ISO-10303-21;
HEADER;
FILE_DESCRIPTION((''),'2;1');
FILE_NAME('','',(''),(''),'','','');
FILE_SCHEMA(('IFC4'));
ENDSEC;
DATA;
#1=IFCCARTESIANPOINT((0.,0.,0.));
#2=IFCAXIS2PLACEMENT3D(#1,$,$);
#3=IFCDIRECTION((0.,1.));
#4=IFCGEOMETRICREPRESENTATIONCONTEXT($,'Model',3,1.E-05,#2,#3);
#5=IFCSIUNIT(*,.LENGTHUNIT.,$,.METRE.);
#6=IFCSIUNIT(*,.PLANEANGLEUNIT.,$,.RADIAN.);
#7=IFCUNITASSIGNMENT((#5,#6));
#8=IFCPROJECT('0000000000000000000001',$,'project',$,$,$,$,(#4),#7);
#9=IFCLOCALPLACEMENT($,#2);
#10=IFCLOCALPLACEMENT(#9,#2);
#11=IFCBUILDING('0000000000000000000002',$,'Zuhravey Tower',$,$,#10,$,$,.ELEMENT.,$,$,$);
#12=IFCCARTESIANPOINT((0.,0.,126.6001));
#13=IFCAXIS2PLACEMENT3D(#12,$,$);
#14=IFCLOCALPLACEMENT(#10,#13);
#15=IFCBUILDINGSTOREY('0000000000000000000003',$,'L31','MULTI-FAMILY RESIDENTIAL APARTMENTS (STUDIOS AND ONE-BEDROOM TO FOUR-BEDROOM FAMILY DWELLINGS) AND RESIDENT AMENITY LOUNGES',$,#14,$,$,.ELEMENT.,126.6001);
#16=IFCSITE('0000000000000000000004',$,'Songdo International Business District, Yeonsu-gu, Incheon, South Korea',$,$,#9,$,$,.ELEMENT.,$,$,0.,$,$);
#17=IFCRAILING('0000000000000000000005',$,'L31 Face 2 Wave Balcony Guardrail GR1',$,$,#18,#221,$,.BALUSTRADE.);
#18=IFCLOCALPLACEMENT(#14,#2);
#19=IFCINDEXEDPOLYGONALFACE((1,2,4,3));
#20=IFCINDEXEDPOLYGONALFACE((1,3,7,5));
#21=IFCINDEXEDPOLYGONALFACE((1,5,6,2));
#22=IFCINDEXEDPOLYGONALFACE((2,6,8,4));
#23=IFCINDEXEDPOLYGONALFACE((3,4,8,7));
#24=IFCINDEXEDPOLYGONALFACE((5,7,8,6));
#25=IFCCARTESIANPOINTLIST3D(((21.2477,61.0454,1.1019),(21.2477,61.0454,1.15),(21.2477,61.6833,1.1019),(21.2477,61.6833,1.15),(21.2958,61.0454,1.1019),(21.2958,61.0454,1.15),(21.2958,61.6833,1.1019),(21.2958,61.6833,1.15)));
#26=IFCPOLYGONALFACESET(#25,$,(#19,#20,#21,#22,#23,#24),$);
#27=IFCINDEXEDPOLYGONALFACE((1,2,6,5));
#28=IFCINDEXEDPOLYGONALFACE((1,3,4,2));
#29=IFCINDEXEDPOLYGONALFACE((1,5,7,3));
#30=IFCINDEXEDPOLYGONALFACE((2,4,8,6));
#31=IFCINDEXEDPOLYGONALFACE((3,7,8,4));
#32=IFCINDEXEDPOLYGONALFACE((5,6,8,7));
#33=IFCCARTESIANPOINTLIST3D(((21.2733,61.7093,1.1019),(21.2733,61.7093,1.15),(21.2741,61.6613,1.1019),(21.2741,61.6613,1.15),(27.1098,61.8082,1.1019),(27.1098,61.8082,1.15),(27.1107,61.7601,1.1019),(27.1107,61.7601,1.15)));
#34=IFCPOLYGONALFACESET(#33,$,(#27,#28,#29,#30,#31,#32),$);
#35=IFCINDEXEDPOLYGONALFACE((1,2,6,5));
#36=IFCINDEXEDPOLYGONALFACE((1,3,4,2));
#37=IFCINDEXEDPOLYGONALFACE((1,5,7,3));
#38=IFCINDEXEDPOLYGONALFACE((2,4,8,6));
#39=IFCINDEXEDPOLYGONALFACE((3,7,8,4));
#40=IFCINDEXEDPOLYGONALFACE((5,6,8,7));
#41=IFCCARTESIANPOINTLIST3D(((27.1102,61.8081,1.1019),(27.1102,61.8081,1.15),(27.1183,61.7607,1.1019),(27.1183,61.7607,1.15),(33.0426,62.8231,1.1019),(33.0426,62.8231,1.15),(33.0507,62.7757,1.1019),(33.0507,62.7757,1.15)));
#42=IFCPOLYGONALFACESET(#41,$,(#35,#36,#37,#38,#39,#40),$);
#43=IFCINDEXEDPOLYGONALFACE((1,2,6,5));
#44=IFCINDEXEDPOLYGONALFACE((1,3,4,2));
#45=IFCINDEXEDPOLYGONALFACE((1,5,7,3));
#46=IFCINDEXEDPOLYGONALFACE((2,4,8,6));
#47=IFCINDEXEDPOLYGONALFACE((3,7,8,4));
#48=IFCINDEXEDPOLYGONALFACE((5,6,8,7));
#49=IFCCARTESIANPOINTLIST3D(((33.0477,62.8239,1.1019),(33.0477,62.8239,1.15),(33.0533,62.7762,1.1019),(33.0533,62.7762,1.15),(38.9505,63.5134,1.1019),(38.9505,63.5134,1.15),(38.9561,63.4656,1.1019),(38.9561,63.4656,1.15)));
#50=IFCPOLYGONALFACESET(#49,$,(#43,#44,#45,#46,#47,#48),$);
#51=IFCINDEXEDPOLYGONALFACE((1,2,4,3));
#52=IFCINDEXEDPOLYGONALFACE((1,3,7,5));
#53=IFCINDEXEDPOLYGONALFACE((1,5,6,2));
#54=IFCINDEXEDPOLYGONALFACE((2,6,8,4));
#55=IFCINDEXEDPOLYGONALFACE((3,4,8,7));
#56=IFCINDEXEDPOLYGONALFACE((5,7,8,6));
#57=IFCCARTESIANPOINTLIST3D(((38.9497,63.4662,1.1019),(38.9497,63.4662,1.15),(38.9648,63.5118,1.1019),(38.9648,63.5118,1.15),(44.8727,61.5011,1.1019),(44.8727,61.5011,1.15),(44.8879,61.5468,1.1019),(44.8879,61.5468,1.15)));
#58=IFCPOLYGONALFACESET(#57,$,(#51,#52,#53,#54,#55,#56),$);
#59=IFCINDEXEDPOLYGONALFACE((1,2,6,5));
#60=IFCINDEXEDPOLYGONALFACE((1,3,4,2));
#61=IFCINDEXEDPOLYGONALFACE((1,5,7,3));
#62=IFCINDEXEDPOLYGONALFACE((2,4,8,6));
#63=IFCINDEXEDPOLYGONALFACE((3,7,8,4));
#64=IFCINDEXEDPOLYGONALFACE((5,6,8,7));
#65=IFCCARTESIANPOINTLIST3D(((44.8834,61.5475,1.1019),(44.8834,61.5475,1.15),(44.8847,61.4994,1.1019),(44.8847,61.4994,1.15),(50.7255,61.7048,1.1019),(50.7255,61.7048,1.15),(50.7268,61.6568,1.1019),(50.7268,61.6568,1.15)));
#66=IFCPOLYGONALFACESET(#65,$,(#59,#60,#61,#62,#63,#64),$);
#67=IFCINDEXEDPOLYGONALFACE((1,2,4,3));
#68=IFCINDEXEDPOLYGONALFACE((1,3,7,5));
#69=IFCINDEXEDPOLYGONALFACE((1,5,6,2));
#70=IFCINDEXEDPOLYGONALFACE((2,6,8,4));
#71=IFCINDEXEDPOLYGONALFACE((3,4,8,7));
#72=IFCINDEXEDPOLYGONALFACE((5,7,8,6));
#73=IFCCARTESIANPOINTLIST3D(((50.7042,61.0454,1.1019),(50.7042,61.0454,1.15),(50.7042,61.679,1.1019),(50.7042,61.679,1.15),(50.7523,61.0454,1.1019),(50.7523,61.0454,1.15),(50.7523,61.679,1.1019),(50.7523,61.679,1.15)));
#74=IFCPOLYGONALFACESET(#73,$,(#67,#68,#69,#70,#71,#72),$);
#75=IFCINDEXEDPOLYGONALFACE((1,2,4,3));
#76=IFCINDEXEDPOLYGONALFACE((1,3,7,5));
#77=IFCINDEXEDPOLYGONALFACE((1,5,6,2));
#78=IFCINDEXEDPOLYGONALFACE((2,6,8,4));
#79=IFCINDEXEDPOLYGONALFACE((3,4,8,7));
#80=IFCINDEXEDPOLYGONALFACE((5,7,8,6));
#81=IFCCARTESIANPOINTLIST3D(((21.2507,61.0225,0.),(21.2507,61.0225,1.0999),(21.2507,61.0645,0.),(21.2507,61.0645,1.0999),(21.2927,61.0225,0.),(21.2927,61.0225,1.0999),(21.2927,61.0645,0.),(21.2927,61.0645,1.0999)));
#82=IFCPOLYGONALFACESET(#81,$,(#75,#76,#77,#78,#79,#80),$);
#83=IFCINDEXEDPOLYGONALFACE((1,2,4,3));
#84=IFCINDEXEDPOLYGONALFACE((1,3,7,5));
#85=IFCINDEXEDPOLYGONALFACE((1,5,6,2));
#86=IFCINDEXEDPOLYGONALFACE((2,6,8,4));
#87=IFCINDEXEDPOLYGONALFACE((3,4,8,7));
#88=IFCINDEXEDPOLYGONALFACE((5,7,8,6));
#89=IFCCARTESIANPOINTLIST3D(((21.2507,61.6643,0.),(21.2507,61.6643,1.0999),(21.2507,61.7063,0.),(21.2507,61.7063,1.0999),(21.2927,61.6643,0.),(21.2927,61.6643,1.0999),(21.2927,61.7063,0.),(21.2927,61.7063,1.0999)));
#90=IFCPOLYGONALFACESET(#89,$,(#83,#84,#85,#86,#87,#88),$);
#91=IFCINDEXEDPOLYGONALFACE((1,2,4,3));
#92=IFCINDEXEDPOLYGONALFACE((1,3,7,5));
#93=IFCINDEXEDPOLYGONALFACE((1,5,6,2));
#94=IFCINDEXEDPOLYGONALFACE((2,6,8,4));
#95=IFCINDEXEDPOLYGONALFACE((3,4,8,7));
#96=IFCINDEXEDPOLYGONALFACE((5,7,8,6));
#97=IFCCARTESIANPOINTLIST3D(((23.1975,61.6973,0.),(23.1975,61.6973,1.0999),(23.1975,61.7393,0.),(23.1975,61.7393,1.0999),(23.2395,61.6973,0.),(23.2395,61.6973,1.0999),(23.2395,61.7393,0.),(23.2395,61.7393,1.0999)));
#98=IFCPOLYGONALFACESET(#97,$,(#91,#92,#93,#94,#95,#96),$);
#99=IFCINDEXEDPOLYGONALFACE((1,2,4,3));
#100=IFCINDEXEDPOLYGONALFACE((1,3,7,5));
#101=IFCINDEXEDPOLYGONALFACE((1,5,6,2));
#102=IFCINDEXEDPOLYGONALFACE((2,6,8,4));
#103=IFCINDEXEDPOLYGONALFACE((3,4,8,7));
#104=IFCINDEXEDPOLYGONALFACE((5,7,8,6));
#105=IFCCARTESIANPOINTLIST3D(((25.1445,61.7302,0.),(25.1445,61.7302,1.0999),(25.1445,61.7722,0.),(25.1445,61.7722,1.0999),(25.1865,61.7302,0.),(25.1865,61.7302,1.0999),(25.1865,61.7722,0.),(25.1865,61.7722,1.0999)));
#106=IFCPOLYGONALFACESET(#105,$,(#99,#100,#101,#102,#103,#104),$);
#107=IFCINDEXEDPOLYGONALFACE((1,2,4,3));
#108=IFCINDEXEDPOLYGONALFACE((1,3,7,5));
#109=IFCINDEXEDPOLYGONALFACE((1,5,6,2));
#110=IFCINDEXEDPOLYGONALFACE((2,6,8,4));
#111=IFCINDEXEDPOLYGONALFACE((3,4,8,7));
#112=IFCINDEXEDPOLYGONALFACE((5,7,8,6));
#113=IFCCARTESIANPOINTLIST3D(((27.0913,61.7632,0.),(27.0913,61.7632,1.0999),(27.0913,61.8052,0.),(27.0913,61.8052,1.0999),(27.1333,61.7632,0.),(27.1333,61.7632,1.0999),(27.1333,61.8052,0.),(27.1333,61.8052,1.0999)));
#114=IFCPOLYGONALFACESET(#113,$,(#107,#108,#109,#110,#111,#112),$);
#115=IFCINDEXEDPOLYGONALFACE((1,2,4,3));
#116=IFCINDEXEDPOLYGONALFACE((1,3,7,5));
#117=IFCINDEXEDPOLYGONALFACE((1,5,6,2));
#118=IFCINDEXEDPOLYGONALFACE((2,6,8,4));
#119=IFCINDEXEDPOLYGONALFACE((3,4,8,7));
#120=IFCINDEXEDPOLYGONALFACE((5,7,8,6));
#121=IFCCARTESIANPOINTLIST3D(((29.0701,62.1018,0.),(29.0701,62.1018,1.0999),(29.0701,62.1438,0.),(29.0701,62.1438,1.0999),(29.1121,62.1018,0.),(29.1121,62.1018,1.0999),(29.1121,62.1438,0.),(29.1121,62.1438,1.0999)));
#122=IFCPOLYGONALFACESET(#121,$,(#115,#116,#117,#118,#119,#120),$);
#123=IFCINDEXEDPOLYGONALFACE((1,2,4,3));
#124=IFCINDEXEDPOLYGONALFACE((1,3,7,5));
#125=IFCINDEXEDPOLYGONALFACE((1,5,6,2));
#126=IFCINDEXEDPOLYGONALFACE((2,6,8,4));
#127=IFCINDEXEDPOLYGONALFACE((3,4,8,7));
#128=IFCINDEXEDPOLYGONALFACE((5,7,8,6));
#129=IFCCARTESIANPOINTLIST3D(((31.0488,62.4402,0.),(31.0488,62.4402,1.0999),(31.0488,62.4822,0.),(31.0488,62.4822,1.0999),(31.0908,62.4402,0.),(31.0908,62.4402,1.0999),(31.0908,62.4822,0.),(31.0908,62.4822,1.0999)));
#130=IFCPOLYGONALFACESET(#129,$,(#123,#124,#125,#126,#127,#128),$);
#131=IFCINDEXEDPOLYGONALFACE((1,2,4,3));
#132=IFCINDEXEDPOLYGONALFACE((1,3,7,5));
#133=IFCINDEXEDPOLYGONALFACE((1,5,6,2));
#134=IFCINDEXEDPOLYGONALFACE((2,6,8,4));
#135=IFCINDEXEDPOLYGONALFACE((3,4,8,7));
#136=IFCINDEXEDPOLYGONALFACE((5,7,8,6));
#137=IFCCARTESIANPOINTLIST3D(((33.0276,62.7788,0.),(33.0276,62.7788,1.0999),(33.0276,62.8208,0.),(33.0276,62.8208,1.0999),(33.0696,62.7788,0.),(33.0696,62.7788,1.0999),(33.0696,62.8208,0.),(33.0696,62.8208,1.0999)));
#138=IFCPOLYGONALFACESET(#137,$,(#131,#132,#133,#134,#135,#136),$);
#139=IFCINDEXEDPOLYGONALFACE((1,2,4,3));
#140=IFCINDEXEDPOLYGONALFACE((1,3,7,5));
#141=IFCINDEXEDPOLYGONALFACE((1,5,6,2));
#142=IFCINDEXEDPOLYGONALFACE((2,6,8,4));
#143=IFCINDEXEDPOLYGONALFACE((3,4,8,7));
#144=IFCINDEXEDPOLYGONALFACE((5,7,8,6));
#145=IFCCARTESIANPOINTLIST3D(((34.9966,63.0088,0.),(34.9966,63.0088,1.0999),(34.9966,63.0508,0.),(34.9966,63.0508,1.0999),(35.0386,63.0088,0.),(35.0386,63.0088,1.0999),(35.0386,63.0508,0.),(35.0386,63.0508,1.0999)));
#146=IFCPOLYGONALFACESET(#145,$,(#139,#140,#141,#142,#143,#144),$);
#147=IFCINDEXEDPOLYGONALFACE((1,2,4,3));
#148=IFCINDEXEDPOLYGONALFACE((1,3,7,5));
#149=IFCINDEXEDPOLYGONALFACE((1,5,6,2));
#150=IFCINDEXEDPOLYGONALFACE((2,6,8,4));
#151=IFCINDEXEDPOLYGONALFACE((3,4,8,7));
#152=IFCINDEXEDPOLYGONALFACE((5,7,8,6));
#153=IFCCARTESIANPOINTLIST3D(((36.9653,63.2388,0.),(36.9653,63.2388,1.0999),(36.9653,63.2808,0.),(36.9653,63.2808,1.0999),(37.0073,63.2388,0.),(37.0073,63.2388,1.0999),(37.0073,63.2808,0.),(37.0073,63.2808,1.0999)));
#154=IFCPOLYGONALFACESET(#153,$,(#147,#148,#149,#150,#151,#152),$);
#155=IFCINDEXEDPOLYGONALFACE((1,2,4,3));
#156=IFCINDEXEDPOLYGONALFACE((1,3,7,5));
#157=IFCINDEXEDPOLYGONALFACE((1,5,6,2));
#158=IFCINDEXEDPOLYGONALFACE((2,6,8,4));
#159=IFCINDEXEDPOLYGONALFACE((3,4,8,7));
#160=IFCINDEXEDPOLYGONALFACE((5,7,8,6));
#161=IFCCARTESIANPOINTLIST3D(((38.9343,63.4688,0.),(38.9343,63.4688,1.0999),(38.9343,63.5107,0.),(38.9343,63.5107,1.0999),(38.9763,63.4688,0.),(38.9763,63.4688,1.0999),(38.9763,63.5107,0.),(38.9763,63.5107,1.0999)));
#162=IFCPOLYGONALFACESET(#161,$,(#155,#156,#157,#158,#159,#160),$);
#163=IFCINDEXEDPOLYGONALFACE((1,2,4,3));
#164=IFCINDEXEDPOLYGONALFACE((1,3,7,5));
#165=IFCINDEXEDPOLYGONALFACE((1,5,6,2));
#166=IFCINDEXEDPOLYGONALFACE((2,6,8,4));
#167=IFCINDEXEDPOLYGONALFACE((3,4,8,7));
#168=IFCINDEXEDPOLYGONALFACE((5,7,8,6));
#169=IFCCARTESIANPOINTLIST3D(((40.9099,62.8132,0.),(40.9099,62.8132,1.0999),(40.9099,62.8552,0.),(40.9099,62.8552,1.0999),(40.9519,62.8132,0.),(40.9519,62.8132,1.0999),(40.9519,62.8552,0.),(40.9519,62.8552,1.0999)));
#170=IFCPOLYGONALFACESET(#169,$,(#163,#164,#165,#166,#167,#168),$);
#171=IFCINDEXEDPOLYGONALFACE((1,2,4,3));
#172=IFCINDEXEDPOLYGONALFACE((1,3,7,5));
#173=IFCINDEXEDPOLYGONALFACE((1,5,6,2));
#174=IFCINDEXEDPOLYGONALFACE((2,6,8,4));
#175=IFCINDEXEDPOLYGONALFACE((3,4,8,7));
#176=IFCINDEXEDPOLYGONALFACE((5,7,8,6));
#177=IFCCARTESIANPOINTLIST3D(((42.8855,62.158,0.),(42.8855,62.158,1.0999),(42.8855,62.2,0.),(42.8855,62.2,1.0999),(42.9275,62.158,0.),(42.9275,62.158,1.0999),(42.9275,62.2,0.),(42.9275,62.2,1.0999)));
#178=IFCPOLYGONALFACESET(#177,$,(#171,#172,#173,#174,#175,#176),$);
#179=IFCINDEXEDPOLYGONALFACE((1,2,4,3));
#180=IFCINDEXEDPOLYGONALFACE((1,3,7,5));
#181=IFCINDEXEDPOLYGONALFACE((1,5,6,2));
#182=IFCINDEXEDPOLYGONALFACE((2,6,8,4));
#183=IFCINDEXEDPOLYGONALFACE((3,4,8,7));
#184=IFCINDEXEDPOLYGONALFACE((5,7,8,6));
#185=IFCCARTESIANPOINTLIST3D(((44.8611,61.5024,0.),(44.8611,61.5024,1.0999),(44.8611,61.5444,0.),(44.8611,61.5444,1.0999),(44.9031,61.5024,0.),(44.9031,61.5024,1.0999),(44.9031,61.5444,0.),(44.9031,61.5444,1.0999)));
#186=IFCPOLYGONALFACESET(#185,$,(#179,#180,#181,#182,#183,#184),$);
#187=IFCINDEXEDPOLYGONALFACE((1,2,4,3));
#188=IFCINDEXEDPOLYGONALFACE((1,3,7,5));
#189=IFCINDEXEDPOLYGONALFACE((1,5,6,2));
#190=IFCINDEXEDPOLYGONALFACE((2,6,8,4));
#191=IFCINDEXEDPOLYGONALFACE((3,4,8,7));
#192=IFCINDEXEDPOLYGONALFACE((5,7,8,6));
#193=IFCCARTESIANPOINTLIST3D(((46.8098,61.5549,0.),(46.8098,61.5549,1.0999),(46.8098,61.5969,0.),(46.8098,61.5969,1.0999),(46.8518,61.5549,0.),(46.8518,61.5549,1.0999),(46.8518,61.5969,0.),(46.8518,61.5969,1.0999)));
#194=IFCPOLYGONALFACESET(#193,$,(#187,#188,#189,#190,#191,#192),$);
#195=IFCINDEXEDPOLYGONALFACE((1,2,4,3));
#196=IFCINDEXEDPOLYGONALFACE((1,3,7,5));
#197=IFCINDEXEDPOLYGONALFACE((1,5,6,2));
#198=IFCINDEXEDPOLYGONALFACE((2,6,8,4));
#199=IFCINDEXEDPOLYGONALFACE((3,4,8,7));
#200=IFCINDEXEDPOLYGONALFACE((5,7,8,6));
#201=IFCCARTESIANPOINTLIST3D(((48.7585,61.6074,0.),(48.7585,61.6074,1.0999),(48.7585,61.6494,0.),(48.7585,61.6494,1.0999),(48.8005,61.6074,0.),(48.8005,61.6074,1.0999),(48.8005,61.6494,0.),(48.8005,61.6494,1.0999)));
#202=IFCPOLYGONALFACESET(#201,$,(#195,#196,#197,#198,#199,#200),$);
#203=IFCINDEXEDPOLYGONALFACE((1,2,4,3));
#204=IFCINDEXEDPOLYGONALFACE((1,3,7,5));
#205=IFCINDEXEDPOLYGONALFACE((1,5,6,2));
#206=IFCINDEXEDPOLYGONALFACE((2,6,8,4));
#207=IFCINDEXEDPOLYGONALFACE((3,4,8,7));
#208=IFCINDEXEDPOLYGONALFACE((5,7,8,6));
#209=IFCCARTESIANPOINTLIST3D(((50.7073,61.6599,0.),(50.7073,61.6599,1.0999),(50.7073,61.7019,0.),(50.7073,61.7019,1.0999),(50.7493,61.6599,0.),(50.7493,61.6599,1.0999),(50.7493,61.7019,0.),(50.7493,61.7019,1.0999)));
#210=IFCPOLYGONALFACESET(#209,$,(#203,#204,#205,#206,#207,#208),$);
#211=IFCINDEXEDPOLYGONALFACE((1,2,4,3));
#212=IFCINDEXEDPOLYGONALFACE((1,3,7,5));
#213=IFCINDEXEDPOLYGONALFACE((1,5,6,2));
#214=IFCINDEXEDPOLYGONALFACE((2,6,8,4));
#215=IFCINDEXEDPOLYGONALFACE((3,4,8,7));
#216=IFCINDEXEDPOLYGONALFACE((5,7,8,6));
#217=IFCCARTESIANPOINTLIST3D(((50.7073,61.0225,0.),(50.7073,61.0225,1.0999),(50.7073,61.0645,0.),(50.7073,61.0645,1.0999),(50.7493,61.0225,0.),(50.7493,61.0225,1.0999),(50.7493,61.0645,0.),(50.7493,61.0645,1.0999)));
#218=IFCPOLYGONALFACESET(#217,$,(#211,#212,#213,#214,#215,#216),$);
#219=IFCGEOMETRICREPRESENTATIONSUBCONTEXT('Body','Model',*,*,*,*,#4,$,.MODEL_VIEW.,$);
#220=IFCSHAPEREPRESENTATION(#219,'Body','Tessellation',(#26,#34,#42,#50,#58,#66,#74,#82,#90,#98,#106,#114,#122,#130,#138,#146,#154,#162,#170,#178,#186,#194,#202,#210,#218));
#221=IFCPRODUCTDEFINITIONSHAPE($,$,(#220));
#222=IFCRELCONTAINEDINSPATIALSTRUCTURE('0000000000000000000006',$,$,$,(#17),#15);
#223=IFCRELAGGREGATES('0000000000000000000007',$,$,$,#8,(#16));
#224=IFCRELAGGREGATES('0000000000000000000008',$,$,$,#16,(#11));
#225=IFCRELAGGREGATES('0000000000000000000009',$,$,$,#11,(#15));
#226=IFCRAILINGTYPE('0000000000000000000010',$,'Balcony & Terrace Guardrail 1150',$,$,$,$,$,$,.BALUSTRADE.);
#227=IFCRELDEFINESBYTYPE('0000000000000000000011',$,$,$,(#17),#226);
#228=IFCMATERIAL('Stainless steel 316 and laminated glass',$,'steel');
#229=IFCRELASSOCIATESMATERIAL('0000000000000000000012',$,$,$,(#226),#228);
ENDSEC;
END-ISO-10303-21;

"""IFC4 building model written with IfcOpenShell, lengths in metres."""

from ifc_helpers import new_model, si_unit, direction, frame, origin, origin_2d, place, context, subcontext, project, spatial, rectangle, extrude, material, type_object, element, save


model = new_model("IFC4")

# Units and contexts
model_context = context("Model", 3, precision=1e-05, world=origin(), true_north=direction((0.0, 1.0)))
body_context = subcontext(model_context, "Body", "Model", "MODEL_VIEW")
ifc_project = project(units=[si_unit("LENGTHUNIT", "METRE"), si_unit("PLANEANGLEUNIT", "RADIAN")], contexts=[model_context])

# Site, building, storey
site_placement = place(None, origin())
site = spatial("IfcSite", under=ifc_project, at=site_placement, Name="Songdo International Business District, Yeonsu-gu, Incheon, South Korea", CompositionType="ELEMENT", RefElevation=0.0)
building_placement = place(site_placement, origin())
building = spatial("IfcBuilding", under=site, at=building_placement, Name="Zuhravey Tower", CompositionType="ELEMENT")
storey_placement = place(building_placement, frame((0.0, 0.0, 126.6001)))
storey = spatial("IfcBuildingStorey", under=building, at=storey_placement, Name="L31", Description="MULTI-FAMILY RESIDENTIAL APARTMENTS (STUDIOS AND ONE-BEDROOM TO FOUR-BEDROOM FAMILY DWELLINGS) AND RESIDENT AMENITY LOUNGES", CompositionType="ELEMENT", Elevation=126.6001)

# Railing
ifc_material_1 = material(Name="Stainless steel 316 and laminated glass", Category="steel")
railing_type = type_object("IfcRailingType", Name="Balcony & Terrace Guardrail 1150", PredefinedType="BALUSTRADE", material=ifc_material_1)
railing_placement = place(storey_placement, frame((21.2717, 61.0435, 0.0)))
element("IfcRailing", 1, at=railing_placement, inside=storey, type_object=railing_type, Name="L31 Face 2 Wave Balcony Guardrail GR1", PredefinedType="BALUSTRADE", context=body_context, shape_type="SweptSolid", body=[
    extrude(rectangle(XDim=0.0481, YDim=0.0481, at=origin_2d()), frame((0.0, 0.002, 1.126), z_axis=(0.0, 1.0, 0.0), x_axis=(-1.0, 0.0, 0.0)), (0.0, 0.0, 1.0), 0.6379),
    extrude(rectangle(XDim=0.0481, YDim=0.0481, at=origin_2d()), frame((0.002, 0.6418, 1.126), z_axis=(0.999857, 0.016927, 0.0), x_axis=(-0.016927, 0.999857, 0.0)), (0.0, 0.0, 1.0), 5.8374),
    extrude(rectangle(XDim=0.0481, YDim=0.0481, at=origin_2d()), frame((5.8425, 0.741, 1.126), z_axis=(0.985678, 0.168638, 0.0), x_axis=(-0.168638, 0.985678, 0.0)), (0.0, 0.0, 1.0), 6.0186),
    extrude(rectangle(XDim=0.0481, YDim=0.0481, at=origin_2d()), frame((11.7788, 1.7566, 1.126), z_axis=(0.993247, 0.116017, 0.0), x_axis=(-0.116017, 0.993247, 0.0)), (0.0, 0.0, 1.0), 5.9429),
    extrude(rectangle(XDim=0.0481, YDim=0.0481, at=origin_2d()), frame((17.6855, 2.4456, 1.126), z_axis=(0.949128, -0.31489, 0.0), x_axis=(0.31489, 0.949128, 0.0)), (0.0, 0.0, 1.0), 6.2405),
    extrude(rectangle(XDim=0.0481, YDim=0.0481, at=origin_2d()), frame((23.6123, 0.48, 1.126), z_axis=(0.999637, 0.026926, 0.0), x_axis=(-0.026926, 0.999637, 0.0)), (0.0, 0.0, 1.0), 5.8442),
    extrude(rectangle(XDim=0.0481, YDim=0.0481, at=origin_2d()), frame((29.4565, 0.6355, 1.126), z_axis=(0.0, -1.0, 0.0), x_axis=(1.0, 0.0, 0.0)), (0.0, 0.0, 1.0), 0.6335),
    extrude(rectangle(XDim=0.042, YDim=0.042, at=origin_2d()), origin(), (0.0, 0.0, 1.0), 1.0999),
    extrude(rectangle(XDim=0.042, YDim=0.042, at=origin_2d()), frame((0.0, 0.6418, 0.0)), (0.0, 0.0, 1.0), 1.0999),
    extrude(rectangle(XDim=0.042, YDim=0.042, at=origin_2d()), frame((1.9468, 0.6748, 0.0)), (0.0, 0.0, 1.0), 1.0999),
    extrude(rectangle(XDim=0.042, YDim=0.042, at=origin_2d()), frame((3.8938, 0.7078, 0.0)), (0.0, 0.0, 1.0), 1.0999),
    extrude(rectangle(XDim=0.042, YDim=0.042, at=origin_2d()), frame((5.8406, 0.7407, 0.0)), (0.0, 0.0, 1.0), 1.0999),
    extrude(rectangle(XDim=0.042, YDim=0.042, at=origin_2d()), frame((7.8193, 1.0793, 0.0)), (0.0, 0.0, 1.0), 1.0999),
    extrude(rectangle(XDim=0.042, YDim=0.042, at=origin_2d()), frame((9.7981, 1.4177, 0.0)), (0.0, 0.0, 1.0), 1.0999),
    extrude(rectangle(XDim=0.042, YDim=0.042, at=origin_2d()), frame((11.7769, 1.7563, 0.0)), (0.0, 0.0, 1.0), 1.0999),
    extrude(rectangle(XDim=0.042, YDim=0.042, at=origin_2d()), frame((13.7458, 1.9863, 0.0)), (0.0, 0.0, 1.0), 1.0999),
    extrude(rectangle(XDim=0.042, YDim=0.042, at=origin_2d()), frame((15.7146, 2.2163, 0.0)), (0.0, 0.0, 1.0), 1.0999),
    extrude(rectangle(XDim=0.042, YDim=0.042, at=origin_2d()), frame((17.6836, 2.4463, 0.0)), (0.0, 0.0, 1.0), 1.0999),
    extrude(rectangle(XDim=0.042, YDim=0.042, at=origin_2d()), frame((19.6592, 1.7908, 0.0)), (0.0, 0.0, 1.0), 1.0999),
    extrude(rectangle(XDim=0.042, YDim=0.042, at=origin_2d()), frame((21.6348, 1.1355, 0.0)), (0.0, 0.0, 1.0), 1.0999),
    extrude(rectangle(XDim=0.042, YDim=0.042, at=origin_2d()), frame((23.6104, 0.48, 0.0)), (0.0, 0.0, 1.0), 1.0999),
    extrude(rectangle(XDim=0.042, YDim=0.042, at=origin_2d()), frame((25.5591, 0.5325, 0.0)), (0.0, 0.0, 1.0), 1.0999),
    extrude(rectangle(XDim=0.042, YDim=0.042, at=origin_2d()), frame((27.5078, 0.585, 0.0)), (0.0, 0.0, 1.0), 1.0999),
    extrude(rectangle(XDim=0.042, YDim=0.042, at=origin_2d()), frame((29.4565, 0.6375, 0.0)), (0.0, 0.0, 1.0), 1.0999),
    extrude(rectangle(XDim=0.042, YDim=0.042, at=origin_2d()), frame((29.4565, 0.0, 0.0)), (0.0, 0.0, 1.0), 1.0999),
])

save(model, "model.ifc")
